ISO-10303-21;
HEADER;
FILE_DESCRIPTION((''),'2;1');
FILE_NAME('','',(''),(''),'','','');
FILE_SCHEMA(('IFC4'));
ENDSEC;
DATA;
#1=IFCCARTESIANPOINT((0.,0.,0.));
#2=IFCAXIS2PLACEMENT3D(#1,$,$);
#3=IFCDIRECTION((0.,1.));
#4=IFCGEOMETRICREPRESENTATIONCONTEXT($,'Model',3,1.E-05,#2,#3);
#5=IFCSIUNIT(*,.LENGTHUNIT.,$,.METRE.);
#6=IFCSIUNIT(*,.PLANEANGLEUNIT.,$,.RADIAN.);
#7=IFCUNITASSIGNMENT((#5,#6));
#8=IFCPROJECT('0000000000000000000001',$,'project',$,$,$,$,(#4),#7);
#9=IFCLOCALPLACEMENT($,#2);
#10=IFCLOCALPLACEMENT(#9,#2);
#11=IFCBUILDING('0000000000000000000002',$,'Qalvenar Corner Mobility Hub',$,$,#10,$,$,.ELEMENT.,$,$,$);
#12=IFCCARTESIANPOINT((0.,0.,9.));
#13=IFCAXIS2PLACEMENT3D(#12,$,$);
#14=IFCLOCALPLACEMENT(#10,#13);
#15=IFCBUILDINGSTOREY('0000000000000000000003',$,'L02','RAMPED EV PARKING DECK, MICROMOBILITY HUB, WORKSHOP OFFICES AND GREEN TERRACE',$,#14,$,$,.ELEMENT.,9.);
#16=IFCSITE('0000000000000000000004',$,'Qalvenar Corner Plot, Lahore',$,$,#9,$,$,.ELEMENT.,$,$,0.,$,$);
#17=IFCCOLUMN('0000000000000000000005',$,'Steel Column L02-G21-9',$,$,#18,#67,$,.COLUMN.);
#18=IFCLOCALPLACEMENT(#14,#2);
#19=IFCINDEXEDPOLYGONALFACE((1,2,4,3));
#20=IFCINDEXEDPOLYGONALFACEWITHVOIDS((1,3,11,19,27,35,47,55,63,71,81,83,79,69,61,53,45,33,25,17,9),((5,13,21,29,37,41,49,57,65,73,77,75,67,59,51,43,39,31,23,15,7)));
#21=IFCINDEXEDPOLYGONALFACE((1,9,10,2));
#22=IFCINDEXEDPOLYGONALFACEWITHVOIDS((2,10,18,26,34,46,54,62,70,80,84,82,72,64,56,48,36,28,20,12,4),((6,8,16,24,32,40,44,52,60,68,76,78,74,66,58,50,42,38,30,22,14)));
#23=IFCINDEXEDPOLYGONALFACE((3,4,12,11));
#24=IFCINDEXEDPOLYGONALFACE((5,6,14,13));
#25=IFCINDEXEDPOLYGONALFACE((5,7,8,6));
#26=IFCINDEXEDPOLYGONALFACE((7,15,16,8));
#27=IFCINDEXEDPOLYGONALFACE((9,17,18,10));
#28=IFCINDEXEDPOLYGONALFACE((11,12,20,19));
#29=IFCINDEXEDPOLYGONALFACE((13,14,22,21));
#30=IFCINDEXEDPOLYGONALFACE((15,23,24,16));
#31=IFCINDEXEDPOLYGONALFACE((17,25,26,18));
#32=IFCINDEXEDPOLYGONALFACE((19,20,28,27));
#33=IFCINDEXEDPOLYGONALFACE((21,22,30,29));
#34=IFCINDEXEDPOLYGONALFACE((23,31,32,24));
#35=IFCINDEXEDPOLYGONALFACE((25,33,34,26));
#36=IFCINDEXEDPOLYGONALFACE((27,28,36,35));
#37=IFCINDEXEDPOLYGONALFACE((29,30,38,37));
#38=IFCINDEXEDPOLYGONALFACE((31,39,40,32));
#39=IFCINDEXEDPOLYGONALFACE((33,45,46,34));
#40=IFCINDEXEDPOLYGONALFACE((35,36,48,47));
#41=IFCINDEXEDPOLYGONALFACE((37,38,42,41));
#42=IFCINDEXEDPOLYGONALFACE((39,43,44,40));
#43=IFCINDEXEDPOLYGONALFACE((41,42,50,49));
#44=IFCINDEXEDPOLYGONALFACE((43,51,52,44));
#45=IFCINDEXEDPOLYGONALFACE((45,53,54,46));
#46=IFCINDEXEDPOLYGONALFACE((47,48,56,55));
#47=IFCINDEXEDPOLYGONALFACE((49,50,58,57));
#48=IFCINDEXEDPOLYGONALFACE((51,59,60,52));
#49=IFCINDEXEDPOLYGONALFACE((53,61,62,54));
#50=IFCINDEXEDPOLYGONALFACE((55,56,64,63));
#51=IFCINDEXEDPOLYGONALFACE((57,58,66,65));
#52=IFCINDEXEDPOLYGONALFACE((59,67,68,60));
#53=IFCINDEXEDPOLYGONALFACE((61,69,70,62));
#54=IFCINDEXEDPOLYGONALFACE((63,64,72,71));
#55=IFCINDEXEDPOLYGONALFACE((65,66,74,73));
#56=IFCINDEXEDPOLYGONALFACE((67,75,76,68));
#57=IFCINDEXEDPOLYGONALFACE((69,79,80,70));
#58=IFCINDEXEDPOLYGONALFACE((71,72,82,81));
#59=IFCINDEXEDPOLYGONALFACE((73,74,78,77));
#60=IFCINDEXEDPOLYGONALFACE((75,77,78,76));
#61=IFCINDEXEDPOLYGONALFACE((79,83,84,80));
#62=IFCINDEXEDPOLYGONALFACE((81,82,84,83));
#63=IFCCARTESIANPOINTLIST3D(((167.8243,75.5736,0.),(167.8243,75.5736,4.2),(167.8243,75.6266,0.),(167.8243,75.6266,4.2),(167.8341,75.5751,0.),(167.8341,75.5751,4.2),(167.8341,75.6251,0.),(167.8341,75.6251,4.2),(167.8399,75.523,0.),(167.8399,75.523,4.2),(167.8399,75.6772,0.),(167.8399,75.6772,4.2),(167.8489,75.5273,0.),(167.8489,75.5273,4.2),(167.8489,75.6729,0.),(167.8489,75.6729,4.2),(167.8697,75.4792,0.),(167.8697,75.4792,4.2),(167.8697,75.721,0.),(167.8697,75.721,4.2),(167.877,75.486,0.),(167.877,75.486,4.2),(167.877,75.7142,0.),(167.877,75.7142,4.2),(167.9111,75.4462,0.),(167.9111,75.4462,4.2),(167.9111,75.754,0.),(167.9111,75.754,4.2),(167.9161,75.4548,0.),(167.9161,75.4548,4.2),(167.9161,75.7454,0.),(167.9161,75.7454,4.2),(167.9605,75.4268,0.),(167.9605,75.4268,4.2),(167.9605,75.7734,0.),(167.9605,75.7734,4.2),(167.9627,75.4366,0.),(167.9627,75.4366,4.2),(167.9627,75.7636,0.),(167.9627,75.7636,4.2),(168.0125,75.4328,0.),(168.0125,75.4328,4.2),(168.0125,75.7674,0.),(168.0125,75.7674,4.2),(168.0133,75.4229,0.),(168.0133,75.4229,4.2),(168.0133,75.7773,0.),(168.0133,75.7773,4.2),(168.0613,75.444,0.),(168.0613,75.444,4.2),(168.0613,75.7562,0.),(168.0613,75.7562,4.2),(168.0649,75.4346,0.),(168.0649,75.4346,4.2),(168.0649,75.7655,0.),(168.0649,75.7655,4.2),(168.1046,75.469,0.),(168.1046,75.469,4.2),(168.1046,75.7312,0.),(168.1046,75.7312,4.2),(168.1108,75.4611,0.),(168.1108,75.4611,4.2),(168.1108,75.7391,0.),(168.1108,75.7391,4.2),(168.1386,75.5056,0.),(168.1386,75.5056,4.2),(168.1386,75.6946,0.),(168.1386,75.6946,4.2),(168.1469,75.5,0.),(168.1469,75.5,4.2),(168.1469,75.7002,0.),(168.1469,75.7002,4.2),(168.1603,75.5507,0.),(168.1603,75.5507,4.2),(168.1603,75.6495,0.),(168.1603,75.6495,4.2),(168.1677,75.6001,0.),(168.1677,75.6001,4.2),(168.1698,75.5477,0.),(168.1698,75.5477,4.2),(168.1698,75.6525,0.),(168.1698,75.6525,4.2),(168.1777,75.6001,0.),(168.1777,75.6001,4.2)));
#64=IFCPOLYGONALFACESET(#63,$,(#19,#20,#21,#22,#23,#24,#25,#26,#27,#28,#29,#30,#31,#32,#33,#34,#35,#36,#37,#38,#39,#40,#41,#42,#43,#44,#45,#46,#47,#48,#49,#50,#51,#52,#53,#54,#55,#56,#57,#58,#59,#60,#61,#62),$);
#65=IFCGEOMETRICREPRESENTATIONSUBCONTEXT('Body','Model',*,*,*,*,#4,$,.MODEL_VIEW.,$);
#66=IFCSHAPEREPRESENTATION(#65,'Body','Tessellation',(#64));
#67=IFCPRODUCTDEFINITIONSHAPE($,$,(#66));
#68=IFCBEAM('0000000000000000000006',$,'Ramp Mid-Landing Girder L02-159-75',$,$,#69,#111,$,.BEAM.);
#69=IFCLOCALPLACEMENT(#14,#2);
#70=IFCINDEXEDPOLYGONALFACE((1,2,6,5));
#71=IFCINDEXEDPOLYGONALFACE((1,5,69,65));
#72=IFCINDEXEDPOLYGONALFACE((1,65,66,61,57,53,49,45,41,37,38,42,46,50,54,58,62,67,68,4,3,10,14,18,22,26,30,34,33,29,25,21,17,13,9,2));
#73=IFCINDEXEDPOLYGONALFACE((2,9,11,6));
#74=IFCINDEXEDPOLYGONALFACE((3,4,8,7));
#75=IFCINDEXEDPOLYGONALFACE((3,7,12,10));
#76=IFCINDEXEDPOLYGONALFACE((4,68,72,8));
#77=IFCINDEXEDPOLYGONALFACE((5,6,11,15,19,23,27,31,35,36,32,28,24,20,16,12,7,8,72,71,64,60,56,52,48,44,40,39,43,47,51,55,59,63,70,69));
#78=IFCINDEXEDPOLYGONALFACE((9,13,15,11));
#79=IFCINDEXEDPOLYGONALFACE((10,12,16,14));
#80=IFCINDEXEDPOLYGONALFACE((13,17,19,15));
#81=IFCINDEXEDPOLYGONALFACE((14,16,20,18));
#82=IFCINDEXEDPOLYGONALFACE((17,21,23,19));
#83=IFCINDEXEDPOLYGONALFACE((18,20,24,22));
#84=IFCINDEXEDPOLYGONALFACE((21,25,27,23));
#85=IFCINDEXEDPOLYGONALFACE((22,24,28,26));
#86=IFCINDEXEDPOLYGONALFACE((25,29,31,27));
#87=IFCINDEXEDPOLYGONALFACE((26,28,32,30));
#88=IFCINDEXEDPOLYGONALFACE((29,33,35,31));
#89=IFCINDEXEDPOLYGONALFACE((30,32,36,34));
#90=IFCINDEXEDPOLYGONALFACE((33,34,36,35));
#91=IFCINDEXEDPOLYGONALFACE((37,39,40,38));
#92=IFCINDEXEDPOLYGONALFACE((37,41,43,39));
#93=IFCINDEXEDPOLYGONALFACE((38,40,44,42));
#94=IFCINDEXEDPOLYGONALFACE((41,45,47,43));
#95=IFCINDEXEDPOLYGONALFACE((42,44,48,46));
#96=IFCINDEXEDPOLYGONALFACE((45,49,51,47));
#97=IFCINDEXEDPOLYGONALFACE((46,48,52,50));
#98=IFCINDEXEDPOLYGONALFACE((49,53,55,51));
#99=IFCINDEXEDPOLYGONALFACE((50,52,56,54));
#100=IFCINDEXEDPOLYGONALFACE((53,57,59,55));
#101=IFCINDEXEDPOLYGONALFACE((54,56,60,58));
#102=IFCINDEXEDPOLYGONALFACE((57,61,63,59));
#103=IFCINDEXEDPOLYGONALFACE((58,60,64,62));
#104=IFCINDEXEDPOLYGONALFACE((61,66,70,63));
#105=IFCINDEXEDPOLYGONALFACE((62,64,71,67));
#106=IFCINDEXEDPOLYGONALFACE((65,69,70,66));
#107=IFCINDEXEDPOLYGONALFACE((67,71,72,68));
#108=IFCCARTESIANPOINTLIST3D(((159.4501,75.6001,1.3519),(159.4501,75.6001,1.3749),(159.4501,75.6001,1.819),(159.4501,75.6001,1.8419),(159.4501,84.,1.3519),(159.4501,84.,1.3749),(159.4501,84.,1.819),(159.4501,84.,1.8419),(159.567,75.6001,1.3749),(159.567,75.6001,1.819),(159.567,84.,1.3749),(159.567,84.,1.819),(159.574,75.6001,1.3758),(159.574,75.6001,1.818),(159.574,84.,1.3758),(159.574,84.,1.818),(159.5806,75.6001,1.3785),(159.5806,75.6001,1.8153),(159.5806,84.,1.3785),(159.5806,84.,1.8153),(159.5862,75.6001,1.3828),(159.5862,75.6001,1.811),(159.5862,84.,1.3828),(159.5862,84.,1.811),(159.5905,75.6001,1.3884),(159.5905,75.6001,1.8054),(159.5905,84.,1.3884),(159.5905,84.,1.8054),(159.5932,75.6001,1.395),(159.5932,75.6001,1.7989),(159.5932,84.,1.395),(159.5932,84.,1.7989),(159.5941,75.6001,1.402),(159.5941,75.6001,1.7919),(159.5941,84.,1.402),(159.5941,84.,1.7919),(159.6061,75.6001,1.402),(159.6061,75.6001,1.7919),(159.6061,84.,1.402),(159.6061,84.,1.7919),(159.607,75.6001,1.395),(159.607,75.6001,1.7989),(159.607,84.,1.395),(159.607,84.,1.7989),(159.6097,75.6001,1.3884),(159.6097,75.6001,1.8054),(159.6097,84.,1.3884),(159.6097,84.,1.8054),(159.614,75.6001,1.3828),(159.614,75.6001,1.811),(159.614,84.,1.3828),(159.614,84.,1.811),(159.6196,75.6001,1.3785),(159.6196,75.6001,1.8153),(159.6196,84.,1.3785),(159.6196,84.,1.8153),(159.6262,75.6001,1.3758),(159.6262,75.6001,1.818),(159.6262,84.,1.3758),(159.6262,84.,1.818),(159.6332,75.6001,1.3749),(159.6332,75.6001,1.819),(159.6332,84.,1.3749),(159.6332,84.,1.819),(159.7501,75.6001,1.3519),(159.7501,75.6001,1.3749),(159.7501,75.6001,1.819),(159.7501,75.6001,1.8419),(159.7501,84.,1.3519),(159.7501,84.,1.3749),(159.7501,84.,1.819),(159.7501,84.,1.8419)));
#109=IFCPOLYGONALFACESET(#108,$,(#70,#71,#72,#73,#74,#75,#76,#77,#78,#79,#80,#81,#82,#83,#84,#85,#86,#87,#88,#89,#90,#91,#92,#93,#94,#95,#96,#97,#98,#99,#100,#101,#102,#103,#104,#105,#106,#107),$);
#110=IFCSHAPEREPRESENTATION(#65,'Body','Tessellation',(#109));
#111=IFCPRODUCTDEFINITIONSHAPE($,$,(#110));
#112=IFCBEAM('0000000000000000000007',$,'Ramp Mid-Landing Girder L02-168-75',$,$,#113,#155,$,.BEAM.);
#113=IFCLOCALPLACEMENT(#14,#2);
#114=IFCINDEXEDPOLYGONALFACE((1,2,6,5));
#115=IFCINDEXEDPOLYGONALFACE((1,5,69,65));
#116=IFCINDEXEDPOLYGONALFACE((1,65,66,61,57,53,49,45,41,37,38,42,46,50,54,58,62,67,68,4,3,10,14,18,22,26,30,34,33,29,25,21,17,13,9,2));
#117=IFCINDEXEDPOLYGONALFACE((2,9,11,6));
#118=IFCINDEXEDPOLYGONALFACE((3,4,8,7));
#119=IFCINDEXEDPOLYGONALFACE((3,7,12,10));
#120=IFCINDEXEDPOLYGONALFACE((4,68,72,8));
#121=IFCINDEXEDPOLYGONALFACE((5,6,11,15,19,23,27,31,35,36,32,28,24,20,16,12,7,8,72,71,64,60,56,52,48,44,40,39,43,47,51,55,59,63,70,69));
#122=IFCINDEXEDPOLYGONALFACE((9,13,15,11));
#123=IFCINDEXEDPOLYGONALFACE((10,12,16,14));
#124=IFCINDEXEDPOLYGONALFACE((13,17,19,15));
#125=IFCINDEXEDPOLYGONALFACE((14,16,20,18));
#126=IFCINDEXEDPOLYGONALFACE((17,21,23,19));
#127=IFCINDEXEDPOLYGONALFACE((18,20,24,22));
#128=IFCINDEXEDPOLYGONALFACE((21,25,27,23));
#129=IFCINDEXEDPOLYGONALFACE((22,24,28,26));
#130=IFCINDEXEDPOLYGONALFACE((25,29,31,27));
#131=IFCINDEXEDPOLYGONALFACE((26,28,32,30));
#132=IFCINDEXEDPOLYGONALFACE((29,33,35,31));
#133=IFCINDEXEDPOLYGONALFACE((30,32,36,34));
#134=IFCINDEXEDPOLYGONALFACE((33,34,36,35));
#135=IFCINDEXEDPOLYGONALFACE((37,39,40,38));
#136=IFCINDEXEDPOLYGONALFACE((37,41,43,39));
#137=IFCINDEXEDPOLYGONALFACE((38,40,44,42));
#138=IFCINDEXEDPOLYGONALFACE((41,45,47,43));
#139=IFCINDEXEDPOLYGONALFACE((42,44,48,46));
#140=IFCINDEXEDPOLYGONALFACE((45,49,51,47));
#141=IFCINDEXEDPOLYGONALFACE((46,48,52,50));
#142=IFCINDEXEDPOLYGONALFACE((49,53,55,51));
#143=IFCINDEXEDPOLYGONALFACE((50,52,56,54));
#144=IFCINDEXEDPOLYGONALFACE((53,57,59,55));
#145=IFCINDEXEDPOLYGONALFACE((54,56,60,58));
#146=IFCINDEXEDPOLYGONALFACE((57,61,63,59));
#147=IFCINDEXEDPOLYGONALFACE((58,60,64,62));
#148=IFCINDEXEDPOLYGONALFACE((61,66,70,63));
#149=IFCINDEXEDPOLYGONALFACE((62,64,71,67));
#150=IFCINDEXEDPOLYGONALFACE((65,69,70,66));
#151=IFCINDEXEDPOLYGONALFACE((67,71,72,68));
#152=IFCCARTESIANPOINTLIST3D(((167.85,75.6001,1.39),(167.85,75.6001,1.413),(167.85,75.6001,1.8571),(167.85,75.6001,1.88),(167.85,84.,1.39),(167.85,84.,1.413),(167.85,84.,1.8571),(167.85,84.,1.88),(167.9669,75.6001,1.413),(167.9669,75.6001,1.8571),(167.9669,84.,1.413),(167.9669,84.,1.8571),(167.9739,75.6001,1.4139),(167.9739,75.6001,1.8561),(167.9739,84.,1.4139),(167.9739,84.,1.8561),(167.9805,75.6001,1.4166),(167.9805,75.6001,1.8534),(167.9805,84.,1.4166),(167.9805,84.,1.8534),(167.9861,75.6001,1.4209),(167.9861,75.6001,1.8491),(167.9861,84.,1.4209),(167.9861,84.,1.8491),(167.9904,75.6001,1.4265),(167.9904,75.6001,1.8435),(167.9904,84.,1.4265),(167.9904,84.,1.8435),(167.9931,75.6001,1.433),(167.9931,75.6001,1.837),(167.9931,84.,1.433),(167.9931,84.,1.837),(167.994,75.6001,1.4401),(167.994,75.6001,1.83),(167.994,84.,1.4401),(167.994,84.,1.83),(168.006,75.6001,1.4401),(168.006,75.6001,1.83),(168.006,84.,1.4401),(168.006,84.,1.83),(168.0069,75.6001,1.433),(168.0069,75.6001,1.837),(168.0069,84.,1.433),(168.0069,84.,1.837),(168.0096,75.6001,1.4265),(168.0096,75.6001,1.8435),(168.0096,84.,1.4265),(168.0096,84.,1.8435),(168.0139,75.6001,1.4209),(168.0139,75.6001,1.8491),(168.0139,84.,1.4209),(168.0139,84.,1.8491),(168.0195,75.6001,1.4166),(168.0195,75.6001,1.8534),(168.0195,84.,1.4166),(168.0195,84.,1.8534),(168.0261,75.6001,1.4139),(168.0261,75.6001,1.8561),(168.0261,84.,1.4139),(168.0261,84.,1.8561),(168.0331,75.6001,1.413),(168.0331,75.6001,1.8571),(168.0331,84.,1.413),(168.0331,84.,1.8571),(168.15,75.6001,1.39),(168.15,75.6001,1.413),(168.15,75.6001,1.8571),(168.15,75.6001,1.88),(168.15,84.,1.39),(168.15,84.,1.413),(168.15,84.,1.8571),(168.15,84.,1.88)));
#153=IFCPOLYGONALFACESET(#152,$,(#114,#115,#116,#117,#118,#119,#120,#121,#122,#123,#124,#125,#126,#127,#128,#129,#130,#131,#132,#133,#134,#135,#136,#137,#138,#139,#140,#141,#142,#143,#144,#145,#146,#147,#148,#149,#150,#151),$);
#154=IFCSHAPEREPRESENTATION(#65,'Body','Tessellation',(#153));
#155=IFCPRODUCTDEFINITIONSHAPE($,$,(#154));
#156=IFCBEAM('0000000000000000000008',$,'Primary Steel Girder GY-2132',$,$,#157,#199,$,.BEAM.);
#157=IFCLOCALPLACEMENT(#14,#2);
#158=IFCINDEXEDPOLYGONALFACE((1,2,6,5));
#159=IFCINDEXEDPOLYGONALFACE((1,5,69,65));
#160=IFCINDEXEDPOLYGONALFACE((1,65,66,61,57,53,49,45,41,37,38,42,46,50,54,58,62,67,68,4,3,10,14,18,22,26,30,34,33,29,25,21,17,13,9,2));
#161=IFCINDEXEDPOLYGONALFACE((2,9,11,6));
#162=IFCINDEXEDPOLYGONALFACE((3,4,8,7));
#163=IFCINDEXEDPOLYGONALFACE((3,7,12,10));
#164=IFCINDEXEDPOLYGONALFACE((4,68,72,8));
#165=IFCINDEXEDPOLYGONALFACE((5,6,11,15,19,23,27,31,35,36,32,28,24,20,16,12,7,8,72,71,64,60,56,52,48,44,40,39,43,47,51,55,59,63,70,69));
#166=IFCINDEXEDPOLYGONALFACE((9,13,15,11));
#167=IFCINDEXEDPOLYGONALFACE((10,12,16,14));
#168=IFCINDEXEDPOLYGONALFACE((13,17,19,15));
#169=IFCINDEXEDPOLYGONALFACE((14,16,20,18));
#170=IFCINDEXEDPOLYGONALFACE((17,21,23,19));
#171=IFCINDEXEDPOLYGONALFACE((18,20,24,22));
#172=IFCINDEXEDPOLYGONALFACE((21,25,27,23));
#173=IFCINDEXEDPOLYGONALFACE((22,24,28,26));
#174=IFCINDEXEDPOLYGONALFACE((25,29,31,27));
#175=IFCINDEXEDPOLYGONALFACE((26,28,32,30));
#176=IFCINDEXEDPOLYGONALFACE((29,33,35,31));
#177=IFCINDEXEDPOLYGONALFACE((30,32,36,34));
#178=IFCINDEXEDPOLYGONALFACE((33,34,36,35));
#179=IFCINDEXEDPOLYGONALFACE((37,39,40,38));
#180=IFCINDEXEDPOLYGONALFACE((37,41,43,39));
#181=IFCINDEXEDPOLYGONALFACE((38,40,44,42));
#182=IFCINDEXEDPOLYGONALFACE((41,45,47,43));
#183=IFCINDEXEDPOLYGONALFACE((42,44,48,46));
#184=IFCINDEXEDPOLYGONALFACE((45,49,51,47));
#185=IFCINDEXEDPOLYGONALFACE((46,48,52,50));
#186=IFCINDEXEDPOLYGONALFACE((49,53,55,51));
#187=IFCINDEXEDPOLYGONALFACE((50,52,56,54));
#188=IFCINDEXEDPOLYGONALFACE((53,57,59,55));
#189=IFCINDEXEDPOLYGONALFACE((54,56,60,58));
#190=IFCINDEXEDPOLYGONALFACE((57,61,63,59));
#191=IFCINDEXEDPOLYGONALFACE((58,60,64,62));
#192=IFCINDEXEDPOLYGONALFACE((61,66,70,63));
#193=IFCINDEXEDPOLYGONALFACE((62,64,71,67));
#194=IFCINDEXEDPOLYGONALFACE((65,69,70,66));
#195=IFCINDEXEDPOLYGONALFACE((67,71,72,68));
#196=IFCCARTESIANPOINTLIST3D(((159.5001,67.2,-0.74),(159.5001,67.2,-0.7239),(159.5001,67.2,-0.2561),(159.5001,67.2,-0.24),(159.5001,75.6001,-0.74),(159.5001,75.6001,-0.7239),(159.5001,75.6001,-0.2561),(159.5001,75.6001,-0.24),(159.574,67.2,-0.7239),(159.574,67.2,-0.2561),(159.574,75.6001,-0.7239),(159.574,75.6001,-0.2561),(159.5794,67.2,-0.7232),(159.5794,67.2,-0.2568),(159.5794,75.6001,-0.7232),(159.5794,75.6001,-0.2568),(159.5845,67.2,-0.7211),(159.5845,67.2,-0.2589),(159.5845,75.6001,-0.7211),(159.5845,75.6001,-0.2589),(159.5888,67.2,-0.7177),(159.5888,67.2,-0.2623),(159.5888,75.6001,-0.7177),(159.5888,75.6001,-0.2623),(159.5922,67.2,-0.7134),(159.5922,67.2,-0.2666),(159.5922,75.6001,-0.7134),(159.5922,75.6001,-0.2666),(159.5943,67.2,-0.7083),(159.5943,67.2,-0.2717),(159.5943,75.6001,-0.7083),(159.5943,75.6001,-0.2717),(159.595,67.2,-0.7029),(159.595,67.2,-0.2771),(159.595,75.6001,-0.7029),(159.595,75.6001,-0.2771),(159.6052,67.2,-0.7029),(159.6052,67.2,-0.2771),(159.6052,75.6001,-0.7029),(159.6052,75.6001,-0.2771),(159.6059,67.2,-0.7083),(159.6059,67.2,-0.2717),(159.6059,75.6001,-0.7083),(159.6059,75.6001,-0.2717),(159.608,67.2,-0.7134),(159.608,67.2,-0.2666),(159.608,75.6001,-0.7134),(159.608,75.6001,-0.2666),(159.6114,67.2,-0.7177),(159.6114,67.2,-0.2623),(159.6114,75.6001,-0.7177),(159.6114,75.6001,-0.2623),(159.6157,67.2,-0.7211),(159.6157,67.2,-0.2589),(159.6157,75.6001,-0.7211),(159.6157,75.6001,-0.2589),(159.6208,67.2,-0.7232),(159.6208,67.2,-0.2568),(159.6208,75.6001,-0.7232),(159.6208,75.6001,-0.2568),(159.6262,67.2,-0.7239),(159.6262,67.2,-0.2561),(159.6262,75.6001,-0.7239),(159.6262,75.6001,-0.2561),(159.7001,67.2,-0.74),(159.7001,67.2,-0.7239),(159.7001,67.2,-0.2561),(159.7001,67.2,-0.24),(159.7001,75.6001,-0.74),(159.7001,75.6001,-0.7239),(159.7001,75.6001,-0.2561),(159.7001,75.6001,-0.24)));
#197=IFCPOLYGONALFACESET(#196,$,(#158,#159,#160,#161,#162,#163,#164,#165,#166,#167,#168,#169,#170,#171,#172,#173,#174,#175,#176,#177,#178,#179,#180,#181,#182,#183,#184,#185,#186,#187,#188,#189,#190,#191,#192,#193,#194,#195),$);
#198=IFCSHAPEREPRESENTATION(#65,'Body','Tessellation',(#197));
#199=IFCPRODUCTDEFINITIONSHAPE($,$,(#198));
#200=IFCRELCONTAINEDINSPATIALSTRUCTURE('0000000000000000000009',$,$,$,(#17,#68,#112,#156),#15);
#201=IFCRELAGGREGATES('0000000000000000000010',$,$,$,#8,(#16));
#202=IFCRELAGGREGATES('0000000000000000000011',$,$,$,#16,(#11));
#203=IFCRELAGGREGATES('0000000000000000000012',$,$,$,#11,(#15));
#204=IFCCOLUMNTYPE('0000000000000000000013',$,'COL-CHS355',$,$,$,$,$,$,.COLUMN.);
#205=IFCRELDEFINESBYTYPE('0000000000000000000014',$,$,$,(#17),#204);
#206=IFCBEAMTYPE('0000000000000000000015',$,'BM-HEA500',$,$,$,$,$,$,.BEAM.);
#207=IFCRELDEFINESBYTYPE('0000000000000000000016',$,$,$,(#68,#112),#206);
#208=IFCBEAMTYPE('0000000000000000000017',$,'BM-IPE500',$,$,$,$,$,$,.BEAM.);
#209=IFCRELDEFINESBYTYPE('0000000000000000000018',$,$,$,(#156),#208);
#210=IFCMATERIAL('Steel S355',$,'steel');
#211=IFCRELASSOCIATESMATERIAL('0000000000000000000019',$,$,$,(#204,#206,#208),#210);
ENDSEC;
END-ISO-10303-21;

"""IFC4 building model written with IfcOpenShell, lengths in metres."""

from ifc_helpers import new_model, si_unit, direction, frame, origin, origin_2d, place, context, subcontext, project, spatial, hollow_circle, i_section, extrude, material, material_profile, profile_set, type_object, element, save


model = new_model("IFC4")

# Units and contexts
model_context = context("Model", 3, precision=1e-05, world=origin(), true_north=direction((0.0, 1.0)))
body_context = subcontext(model_context, "Body", "Model", "MODEL_VIEW")
ifc_project = project(units=[si_unit("LENGTHUNIT", "METRE"), si_unit("PLANEANGLEUNIT", "RADIAN")], contexts=[model_context])

# Site, building, storey
site_placement = place(None, origin())
site = spatial("IfcSite", under=ifc_project, at=site_placement, Name="Qalvenar Corner Plot, Lahore", CompositionType="ELEMENT", RefElevation=0.0)
building_placement = place(site_placement, origin())
building = spatial("IfcBuilding", under=site, at=building_placement, Name="Qalvenar Corner Mobility Hub", CompositionType="ELEMENT")
storey_placement = place(building_placement, frame((0.0, 0.0, 9.0)))
storey = spatial("IfcBuildingStorey", under=building, at=storey_placement, Name="L02", Description="RAMPED EV PARKING DECK, MICROMOBILITY HUB, WORKSHOP OFFICES AND GREEN TERRACE", CompositionType="ELEMENT", Elevation=9.0)

# Column
ifc_material_1 = material(Name="Steel S355", Category="steel")
ifc_material_profile_1 = material_profile(ifc_material_1, hollow_circle(Radius=0.1777, WallThickness=0.01, at=origin_2d()), Name="CHS355.6x10")
ifc_profile_set_1 = profile_set([ifc_material_profile_1], Name="Steel S355")
column_type = type_object("IfcColumnType", Name="COL-CHS355", PredefinedType="COLUMN", material=ifc_profile_set_1)
for number, where, z_axis, x_axis, name in (
    (1, (168.0, 75.6001, 0.0), (0.0, 0.0, 1.0), (1.0, 0.0, 0.0), "Steel Column L02-G21-9"),
):
    element("IfcColumn", number, at=place(storey_placement, frame(where, z_axis=z_axis, x_axis=x_axis)), inside=storey, type_object=column_type, Name=name, PredefinedType="COLUMN", context=body_context, shape_type="SweptSolid", body=[
        extrude(hollow_circle(Radius=0.1777, WallThickness=0.01, at=origin_2d()), origin(), (0.0, 0.0, 1.0), 4.2),
    ])

# Beams
ifc_material_profile_2 = material_profile(ifc_material_1, i_section(OverallWidth=0.3, OverallDepth=0.49, WebThickness=0.012, FlangeThickness=0.0229, FilletRadius=0.0271, at=origin_2d()), Name="HEA500")
ifc_profile_set_2 = profile_set([ifc_material_profile_2], Name="Steel S355")
beam_type_1 = type_object("IfcBeamType", Name="BM-HEA500", PredefinedType="BEAM", material=ifc_profile_set_2)
for number, where, z_axis, x_axis, name in (
    (2, (159.6001, 75.6001, 1.5969), (0.0, 1.0, 0.0), (-1.0, 0.0, 0.0), "Ramp Mid-Landing Girder L02-159-75"),
    (3, (168.0, 75.6001, 1.635), (0.0, 1.0, 0.0), (-1.0, 0.0, 0.0), "Ramp Mid-Landing Girder L02-168-75"),
):
    element("IfcBeam", number, at=place(storey_placement, frame(where, z_axis=z_axis, x_axis=x_axis)), inside=storey, type_object=beam_type_1, Name=name, PredefinedType="BEAM", context=body_context, shape_type="SweptSolid", body=[
        extrude(i_section(OverallWidth=0.3, OverallDepth=0.49, WebThickness=0.012, FlangeThickness=0.0229, FilletRadius=0.0271, at=origin_2d()), origin(), (0.0, 0.0, 1.0), 8.3999),
    ])
ifc_material_profile_3 = material_profile(ifc_material_1, i_section(OverallWidth=0.2, OverallDepth=0.5, WebThickness=0.0103, FlangeThickness=0.0161, FilletRadius=0.021, at=origin_2d()), Name="IPE500")
ifc_profile_set_3 = profile_set([ifc_material_profile_3], Name="Steel S355")
beam_type_2 = type_object("IfcBeamType", Name="BM-IPE500", PredefinedType="BEAM", material=ifc_profile_set_3)
beam_1_placement = place(storey_placement, frame((159.6001, 67.2, -0.49), z_axis=(0.0, 1.0, 0.0), x_axis=(-1.0, 0.0, 0.0)))
element("IfcBeam", 4, at=beam_1_placement, inside=storey, type_object=beam_type_2, Name="Primary Steel Girder GY-2132", PredefinedType="BEAM", context=body_context, shape_type="SweptSolid", body=[
    extrude(i_section(OverallWidth=0.2, OverallDepth=0.5, WebThickness=0.0103, FlangeThickness=0.0161, FilletRadius=0.021, at=origin_2d()), origin(), (0.0, 0.0, 1.0), 8.4001),
])

save(model, "model.ifc")
